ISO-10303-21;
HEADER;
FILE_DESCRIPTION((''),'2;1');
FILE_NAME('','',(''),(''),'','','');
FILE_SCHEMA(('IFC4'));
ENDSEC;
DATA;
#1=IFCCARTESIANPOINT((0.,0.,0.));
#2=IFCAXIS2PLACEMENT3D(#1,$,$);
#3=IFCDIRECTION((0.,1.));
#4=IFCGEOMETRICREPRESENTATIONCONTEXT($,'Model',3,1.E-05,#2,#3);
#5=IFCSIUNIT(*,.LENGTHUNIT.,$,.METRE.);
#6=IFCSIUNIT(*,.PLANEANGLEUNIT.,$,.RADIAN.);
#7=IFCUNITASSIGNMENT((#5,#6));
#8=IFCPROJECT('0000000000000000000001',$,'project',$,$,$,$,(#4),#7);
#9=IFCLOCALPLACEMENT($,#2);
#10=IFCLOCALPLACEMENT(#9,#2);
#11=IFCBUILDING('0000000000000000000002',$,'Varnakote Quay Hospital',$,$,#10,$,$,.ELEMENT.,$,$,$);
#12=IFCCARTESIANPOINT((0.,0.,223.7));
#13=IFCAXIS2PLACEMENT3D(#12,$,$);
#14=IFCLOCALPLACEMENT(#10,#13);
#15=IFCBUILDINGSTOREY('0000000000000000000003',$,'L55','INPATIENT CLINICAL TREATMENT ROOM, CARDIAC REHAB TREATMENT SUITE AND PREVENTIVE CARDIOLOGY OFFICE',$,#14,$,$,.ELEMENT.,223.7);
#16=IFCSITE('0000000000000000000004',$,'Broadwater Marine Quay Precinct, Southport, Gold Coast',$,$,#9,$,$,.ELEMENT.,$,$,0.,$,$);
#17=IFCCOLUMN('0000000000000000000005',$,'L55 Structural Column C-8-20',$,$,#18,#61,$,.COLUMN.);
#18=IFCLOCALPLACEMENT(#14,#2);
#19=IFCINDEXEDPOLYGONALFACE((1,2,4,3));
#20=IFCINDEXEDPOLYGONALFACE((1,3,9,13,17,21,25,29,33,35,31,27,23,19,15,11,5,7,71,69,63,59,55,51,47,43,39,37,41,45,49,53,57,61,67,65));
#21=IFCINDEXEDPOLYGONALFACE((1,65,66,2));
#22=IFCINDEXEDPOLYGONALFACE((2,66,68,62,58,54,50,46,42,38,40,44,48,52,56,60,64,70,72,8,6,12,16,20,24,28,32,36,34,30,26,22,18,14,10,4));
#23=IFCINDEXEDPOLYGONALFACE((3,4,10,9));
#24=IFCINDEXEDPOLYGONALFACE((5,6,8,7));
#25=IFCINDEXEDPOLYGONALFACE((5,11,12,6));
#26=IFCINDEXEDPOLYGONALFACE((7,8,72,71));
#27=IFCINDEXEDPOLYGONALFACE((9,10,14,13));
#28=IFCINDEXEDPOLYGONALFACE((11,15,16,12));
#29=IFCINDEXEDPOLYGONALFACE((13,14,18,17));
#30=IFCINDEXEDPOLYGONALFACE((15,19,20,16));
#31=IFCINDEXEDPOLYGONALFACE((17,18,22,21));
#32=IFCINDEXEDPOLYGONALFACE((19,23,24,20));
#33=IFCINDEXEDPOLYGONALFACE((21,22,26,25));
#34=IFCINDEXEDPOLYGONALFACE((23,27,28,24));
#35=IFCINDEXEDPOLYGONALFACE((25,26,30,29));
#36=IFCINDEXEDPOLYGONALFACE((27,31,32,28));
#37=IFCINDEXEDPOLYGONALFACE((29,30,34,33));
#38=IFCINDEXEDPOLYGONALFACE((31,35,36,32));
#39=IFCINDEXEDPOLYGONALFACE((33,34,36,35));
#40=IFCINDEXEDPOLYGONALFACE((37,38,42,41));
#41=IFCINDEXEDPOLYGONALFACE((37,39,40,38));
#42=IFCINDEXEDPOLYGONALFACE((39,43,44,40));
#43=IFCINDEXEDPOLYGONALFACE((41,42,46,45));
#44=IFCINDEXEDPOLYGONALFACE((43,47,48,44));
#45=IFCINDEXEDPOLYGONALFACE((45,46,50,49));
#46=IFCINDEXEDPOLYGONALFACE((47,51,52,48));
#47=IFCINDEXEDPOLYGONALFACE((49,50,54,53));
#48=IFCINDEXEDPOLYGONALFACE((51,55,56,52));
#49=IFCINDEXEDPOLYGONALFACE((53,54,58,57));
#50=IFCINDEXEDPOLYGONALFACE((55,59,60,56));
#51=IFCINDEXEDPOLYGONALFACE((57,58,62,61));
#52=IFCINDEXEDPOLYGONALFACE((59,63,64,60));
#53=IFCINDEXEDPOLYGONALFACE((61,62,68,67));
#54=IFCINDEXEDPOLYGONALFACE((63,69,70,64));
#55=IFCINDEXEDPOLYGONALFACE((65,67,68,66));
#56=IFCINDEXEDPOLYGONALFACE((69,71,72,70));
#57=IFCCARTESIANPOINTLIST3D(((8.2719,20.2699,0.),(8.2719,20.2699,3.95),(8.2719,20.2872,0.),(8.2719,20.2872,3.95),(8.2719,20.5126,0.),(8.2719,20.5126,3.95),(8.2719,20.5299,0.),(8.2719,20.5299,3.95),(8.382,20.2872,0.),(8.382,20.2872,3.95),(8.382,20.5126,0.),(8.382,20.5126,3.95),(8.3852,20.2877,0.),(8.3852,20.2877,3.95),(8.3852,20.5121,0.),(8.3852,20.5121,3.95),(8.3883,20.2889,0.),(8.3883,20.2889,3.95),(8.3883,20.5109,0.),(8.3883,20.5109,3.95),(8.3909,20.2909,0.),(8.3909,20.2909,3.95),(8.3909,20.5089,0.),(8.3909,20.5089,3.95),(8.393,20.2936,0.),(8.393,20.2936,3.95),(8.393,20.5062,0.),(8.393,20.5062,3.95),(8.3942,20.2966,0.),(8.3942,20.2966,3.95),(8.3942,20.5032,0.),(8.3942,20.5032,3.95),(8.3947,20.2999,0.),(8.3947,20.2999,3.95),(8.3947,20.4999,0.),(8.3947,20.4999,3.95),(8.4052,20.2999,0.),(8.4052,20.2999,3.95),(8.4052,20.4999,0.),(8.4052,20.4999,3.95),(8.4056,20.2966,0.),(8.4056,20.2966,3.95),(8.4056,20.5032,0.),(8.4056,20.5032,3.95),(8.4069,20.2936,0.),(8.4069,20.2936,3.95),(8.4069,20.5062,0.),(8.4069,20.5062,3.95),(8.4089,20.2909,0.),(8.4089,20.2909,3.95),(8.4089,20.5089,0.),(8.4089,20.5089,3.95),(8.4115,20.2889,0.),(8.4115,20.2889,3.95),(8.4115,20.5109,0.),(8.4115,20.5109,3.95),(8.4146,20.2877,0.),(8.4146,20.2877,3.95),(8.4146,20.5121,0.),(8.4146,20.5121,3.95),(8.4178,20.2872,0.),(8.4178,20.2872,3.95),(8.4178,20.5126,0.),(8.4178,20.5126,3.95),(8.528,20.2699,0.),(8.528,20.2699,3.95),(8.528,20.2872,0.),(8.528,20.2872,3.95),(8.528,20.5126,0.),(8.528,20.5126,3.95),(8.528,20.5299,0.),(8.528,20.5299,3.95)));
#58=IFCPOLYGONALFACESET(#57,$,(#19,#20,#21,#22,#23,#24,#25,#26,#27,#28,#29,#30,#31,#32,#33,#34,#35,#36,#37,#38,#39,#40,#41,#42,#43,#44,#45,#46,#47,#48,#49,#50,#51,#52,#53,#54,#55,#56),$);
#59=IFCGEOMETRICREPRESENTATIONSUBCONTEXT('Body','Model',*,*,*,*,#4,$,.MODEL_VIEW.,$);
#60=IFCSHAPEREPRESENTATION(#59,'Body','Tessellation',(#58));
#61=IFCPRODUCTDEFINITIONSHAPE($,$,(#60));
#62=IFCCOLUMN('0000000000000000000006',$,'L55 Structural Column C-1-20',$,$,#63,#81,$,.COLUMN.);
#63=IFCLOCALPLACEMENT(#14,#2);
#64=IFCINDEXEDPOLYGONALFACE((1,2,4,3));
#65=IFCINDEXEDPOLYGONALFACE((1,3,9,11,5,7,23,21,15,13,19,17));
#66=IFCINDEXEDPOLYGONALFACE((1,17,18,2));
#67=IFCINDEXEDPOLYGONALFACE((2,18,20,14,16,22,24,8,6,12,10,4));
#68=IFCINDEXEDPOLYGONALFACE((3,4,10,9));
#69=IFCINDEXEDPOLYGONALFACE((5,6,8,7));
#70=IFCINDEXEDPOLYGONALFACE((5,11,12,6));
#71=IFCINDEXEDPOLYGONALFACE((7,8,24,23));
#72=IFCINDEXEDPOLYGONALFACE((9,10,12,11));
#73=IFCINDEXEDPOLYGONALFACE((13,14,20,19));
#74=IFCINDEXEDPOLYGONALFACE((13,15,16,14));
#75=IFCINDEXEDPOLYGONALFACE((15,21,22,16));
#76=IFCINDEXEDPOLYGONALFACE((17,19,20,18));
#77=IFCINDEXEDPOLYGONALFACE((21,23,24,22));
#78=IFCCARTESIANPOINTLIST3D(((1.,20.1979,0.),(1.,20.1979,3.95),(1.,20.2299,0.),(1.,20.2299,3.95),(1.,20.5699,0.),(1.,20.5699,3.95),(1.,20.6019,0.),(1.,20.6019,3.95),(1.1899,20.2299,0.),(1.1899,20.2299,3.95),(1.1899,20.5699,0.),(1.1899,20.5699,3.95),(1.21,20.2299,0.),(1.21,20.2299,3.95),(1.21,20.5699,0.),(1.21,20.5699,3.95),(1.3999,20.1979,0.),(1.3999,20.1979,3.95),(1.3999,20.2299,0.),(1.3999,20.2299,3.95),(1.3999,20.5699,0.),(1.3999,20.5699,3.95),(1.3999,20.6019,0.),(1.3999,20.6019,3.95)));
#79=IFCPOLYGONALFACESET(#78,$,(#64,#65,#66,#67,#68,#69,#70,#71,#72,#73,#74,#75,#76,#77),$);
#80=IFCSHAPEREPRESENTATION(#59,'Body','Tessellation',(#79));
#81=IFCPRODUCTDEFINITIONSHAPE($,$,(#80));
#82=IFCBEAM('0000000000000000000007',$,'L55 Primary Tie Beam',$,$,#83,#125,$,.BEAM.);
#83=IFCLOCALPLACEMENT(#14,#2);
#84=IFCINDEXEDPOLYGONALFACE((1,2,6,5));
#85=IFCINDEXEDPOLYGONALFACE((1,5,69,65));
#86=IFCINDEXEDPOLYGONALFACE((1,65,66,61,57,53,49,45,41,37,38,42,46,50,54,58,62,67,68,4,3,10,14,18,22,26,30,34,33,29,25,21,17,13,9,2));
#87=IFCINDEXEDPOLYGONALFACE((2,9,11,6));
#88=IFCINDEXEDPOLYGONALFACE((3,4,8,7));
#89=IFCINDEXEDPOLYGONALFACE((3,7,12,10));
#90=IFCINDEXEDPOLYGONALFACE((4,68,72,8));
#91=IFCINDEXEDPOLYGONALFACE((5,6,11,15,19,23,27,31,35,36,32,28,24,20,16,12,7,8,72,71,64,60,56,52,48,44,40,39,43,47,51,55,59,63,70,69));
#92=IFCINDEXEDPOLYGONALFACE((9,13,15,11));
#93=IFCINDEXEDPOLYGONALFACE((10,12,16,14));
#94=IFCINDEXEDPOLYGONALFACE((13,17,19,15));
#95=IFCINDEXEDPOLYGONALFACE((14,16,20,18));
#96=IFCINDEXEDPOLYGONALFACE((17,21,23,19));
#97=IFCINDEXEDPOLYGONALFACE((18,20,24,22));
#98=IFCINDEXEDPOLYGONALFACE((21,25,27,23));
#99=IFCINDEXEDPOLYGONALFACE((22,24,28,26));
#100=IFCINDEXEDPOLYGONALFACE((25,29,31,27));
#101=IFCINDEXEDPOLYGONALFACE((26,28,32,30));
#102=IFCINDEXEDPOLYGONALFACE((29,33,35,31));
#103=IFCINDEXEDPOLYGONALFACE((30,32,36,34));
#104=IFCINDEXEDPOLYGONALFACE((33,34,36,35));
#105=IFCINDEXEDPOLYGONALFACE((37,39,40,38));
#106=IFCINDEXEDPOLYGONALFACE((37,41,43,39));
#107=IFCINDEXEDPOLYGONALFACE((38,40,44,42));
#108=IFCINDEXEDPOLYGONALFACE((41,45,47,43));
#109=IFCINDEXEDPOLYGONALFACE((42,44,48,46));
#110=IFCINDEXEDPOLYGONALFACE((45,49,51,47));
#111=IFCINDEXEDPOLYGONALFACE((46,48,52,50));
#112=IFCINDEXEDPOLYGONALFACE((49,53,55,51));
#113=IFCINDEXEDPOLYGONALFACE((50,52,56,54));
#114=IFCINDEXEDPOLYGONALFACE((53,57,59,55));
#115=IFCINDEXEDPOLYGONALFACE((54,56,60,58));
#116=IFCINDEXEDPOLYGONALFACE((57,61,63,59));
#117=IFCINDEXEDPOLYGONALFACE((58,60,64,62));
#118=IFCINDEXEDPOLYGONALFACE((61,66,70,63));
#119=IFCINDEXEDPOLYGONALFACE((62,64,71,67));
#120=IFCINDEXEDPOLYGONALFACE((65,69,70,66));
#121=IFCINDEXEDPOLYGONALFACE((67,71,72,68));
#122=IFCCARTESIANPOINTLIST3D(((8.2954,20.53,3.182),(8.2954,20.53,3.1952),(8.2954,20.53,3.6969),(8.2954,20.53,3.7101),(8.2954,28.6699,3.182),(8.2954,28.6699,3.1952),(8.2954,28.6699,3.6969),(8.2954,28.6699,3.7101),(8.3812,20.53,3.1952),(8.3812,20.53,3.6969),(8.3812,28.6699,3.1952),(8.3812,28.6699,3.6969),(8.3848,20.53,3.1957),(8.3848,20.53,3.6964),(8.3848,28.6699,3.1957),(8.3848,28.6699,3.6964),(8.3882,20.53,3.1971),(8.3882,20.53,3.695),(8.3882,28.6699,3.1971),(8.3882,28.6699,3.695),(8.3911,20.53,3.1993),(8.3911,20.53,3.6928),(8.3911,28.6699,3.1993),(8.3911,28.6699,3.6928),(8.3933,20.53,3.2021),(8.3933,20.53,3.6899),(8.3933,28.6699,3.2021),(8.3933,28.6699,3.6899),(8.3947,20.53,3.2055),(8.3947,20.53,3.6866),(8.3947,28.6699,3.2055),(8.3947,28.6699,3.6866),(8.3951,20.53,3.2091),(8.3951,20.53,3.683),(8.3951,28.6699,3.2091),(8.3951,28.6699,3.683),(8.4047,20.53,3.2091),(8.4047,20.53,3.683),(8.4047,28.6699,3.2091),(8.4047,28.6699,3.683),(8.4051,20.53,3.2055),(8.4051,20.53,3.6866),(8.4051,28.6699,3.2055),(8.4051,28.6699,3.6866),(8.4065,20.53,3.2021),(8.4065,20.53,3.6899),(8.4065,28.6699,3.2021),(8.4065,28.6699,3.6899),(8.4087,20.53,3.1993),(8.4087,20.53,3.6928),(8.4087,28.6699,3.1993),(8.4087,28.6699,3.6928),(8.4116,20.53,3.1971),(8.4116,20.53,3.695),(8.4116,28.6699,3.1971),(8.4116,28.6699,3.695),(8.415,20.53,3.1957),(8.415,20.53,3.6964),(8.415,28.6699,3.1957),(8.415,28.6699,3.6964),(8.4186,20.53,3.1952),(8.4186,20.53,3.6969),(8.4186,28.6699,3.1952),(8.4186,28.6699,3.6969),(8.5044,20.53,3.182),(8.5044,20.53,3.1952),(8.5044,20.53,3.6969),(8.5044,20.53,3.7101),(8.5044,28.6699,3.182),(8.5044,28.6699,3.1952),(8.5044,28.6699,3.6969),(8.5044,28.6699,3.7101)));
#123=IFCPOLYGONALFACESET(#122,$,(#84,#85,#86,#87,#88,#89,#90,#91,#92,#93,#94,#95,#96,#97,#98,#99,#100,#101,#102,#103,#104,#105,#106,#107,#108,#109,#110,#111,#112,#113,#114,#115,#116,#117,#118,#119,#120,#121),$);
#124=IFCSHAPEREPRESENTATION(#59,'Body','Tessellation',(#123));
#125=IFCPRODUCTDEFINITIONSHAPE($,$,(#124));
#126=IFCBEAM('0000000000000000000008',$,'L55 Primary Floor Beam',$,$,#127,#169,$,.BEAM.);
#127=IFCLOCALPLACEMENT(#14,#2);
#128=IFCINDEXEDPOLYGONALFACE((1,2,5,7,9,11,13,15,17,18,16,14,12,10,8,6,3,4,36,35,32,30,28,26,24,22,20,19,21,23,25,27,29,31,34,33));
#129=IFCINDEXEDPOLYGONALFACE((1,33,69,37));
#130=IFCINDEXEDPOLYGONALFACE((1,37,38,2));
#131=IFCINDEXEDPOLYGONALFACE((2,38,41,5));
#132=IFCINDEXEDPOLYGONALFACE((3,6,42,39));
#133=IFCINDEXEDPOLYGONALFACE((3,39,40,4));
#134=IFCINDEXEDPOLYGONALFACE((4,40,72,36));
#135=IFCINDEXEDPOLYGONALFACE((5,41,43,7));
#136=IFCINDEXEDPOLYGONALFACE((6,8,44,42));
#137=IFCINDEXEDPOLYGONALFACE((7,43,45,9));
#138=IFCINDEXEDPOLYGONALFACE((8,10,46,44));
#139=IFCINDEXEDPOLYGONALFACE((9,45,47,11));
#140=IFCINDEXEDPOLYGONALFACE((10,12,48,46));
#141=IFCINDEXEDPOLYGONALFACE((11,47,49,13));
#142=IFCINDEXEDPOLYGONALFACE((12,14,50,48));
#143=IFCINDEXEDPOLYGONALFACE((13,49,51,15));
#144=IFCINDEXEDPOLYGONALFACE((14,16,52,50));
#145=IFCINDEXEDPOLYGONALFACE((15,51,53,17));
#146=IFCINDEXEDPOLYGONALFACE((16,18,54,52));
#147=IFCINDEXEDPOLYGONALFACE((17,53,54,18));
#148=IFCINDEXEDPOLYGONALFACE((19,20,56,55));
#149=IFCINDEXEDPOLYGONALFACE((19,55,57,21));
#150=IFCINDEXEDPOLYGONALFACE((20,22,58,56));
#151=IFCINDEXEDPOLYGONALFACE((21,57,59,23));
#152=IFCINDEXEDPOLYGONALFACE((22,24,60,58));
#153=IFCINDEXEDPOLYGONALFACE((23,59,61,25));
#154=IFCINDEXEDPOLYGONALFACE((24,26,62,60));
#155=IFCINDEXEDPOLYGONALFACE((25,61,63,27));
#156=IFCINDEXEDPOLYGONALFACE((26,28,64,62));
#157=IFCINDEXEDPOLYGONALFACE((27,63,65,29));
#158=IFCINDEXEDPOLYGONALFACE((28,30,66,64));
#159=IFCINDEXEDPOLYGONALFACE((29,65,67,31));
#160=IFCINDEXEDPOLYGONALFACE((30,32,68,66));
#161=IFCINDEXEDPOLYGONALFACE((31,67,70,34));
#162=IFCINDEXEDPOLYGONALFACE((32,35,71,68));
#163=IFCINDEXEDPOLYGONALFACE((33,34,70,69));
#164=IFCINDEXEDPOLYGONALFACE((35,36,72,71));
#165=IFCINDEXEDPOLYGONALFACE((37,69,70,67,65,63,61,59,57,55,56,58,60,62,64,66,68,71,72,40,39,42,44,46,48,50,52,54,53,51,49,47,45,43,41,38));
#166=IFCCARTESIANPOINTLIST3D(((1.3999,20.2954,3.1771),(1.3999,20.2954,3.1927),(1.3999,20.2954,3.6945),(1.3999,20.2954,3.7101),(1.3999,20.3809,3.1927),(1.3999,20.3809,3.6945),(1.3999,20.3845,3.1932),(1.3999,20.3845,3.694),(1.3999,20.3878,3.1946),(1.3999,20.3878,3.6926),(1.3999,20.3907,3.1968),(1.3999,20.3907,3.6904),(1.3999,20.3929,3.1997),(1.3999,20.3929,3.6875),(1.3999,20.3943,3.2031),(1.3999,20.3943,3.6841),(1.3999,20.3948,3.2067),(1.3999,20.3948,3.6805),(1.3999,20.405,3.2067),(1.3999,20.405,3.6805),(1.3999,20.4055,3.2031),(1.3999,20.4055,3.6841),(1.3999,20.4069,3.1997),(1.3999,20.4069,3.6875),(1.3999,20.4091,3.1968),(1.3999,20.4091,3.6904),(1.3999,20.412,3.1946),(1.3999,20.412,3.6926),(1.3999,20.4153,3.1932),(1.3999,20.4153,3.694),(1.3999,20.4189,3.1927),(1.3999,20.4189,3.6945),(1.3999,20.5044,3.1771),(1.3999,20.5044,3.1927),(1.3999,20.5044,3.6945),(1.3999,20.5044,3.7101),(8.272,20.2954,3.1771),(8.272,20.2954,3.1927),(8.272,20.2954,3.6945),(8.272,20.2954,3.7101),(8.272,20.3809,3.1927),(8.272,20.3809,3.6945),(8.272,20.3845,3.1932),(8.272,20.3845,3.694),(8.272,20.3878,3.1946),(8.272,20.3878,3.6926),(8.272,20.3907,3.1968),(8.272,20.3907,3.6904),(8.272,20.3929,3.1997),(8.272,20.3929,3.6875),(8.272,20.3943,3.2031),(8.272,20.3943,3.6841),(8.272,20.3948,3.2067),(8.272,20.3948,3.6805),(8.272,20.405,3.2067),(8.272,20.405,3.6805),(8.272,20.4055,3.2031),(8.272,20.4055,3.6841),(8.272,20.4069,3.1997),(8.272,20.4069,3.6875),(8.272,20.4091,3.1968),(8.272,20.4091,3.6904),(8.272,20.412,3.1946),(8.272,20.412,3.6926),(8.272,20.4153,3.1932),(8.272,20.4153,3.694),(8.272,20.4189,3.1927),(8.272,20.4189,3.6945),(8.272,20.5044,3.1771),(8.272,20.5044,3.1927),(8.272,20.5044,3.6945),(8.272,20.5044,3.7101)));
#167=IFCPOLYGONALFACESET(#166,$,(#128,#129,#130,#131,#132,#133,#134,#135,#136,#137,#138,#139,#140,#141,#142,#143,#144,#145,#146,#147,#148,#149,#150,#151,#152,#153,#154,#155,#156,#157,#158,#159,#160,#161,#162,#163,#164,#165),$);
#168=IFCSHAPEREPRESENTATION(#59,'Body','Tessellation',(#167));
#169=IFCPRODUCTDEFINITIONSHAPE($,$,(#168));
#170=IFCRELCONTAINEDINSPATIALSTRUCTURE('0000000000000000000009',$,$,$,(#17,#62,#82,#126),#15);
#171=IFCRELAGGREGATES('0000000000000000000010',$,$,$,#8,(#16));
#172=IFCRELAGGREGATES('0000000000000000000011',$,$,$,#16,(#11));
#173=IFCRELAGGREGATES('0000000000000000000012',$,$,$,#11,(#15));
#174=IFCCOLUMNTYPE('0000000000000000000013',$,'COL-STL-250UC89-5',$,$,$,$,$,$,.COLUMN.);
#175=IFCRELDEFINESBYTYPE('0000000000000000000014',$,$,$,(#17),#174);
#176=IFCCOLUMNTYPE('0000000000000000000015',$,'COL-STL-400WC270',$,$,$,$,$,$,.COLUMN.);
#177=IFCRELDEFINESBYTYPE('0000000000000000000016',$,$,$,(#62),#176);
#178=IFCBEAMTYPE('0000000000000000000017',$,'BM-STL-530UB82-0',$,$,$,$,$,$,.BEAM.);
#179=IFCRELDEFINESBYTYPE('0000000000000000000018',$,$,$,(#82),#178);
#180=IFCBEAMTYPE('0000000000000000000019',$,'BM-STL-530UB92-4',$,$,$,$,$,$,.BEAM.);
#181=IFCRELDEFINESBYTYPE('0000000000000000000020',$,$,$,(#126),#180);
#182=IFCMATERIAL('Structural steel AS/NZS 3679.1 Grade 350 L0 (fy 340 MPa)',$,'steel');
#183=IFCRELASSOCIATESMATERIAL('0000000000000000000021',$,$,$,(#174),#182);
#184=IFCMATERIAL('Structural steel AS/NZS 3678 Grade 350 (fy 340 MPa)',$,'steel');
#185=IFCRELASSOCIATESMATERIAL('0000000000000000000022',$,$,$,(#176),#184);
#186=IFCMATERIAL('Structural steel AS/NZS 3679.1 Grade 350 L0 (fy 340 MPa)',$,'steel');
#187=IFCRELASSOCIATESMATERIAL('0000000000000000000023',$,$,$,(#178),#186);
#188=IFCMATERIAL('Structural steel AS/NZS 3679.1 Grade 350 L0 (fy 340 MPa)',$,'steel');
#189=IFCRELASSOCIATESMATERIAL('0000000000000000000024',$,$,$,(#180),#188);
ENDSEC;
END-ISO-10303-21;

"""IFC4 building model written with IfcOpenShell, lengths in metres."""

from ifc_helpers import new_model, si_unit, direction, frame, origin, origin_2d, place, context, subcontext, project, spatial, i_section, extrude, material, material_profile, profile_set, type_object, element, save


model = new_model("IFC4")

# Units and contexts
model_context = context("Model", 3, precision=1e-05, world=origin(), true_north=direction((0.0, 1.0)))
body_context = subcontext(model_context, "Body", "Model", "MODEL_VIEW")
ifc_project = project(units=[si_unit("LENGTHUNIT", "METRE"), si_unit("PLANEANGLEUNIT", "RADIAN")], contexts=[model_context])

# Site, building, storey
site_placement = place(None, origin())
site = spatial("IfcSite", under=ifc_project, at=site_placement, Name="Broadwater Marine Quay Precinct, Southport, Gold Coast", CompositionType="ELEMENT", RefElevation=0.0)
building_placement = place(site_placement, origin())
building = spatial("IfcBuilding", under=site, at=building_placement, Name="Varnakote Quay Hospital", CompositionType="ELEMENT")
storey_placement = place(building_placement, frame((0.0, 0.0, 223.7)))
storey = spatial("IfcBuildingStorey", under=building, at=storey_placement, Name="L55", Description="INPATIENT CLINICAL TREATMENT ROOM, CARDIAC REHAB TREATMENT SUITE AND PREVENTIVE CARDIOLOGY OFFICE", CompositionType="ELEMENT", Elevation=223.7)

# Columns
ifc_material_1 = material(Name="Structural steel AS/NZS 3679.1 Grade 350 L0 (fy 340 MPa)", Category="steel")
ifc_material_profile_1 = material_profile(ifc_material_1, i_section(OverallWidth=0.2561, OverallDepth=0.26, WebThickness=0.0105, FlangeThickness=0.0173, FilletRadius=0.0127, at=origin_2d()), Name="250UC89.5")
ifc_profile_set_1 = profile_set([ifc_material_profile_1], Name="Structural steel AS/NZS 3679.1 Grade 350 L0 (fy 340 MPa)")
column_type_1 = type_object("IfcColumnType", Name="COL-STL-250UC89-5", PredefinedType="COLUMN", material=ifc_profile_set_1)
column_1_placement = place(storey_placement, frame((8.3999, 20.3999, 0.0), z_axis=(0.0, 0.0, 1.0), x_axis=(1.0, 0.0, 0.0)))
element("IfcColumn", 1, at=column_1_placement, inside=storey, type_object=column_type_1, Name="L55 Structural Column C-8-20", PredefinedType="COLUMN", context=body_context, shape_type="SweptSolid", body=[
    extrude(i_section(OverallWidth=0.2561, OverallDepth=0.26, WebThickness=0.0105, FlangeThickness=0.0173, FilletRadius=0.0127, at=origin_2d()), origin(), (0.0, 0.0, 1.0), 3.95),
])
ifc_material_2 = material(Name="Structural steel AS/NZS 3678 Grade 350 (fy 340 MPa)", Category="steel")
ifc_material_profile_2 = material_profile(ifc_material_2, i_section(OverallWidth=0.3999, OverallDepth=0.4041, WebThickness=0.02, FlangeThickness=0.032, at=origin_2d()), Name="400WC270")
ifc_profile_set_2 = profile_set([ifc_material_profile_2], Name="Structural steel AS/NZS 3678 Grade 350 (fy 340 MPa)")
column_type_2 = type_object("IfcColumnType", Name="COL-STL-400WC270", PredefinedType="COLUMN", material=ifc_profile_set_2)
column_2_placement = place(storey_placement, frame((1.2, 20.3999, 0.0), z_axis=(0.0, 0.0, 1.0), x_axis=(1.0, 0.0, 0.0)))
element("IfcColumn", 2, at=column_2_placement, inside=storey, type_object=column_type_2, Name="L55 Structural Column C-1-20", PredefinedType="COLUMN", context=body_context, shape_type="SweptSolid", body=[
    extrude(i_section(OverallWidth=0.3999, OverallDepth=0.4041, WebThickness=0.02, FlangeThickness=0.032, at=origin_2d()), origin(), (0.0, 0.0, 1.0), 3.95),
])

# Beams
ifc_material_3 = material(Name="Structural steel AS/NZS 3679.1 Grade 350 L0 (fy 340 MPa)", Category="steel")
ifc_material_profile_3 = material_profile(ifc_material_3, i_section(OverallWidth=0.209, OverallDepth=0.5281, WebThickness=0.0095, FlangeThickness=0.0132, FilletRadius=0.0139, at=origin_2d()), Name="530UB82.0")
ifc_profile_set_3 = profile_set([ifc_material_profile_3], Name="Structural steel AS/NZS 3679.1 Grade 350 L0 (fy 340 MPa)")
beam_type_1 = type_object("IfcBeamType", Name="BM-STL-530UB82-0", PredefinedType="BEAM", material=ifc_profile_set_3)
beam_1_placement = place(storey_placement, frame((8.3999, 20.53, 3.446), z_axis=(0.0, 1.0, 0.0), x_axis=(-1.0, 0.0, 0.0)))
element("IfcBeam", 3, at=beam_1_placement, inside=storey, type_object=beam_type_1, Name="L55 Primary Tie Beam", PredefinedType="BEAM", context=body_context, shape_type="SweptSolid", body=[
    extrude(i_section(OverallWidth=0.209, OverallDepth=0.5281, WebThickness=0.0095, FlangeThickness=0.0132, FilletRadius=0.0139, at=origin_2d()), origin(), (0.0, 0.0, 1.0), 8.1399),
])
ifc_material_4 = material(Name="Structural steel AS/NZS 3679.1 Grade 350 L0 (fy 340 MPa)", Category="steel")
ifc_material_profile_4 = material_profile(ifc_material_4, i_section(OverallWidth=0.209, OverallDepth=0.533, WebThickness=0.0103, FlangeThickness=0.0156, FilletRadius=0.0139, at=origin_2d()), Name="530UB92.4")
ifc_profile_set_4 = profile_set([ifc_material_profile_4], Name="Structural steel AS/NZS 3679.1 Grade 350 L0 (fy 340 MPa)")
beam_type_2 = type_object("IfcBeamType", Name="BM-STL-530UB92-4", PredefinedType="BEAM", material=ifc_profile_set_4)
beam_2_placement = place(storey_placement, frame((1.3999, 20.3999, 3.4436), z_axis=(1.0, 0.0, 0.0), x_axis=(0.0, 1.0, 0.0)))
element("IfcBeam", 4, at=beam_2_placement, inside=storey, type_object=beam_type_2, Name="L55 Primary Floor Beam", PredefinedType="BEAM", context=body_context, shape_type="SweptSolid", body=[
    extrude(i_section(OverallWidth=0.209, OverallDepth=0.533, WebThickness=0.0103, FlangeThickness=0.0156, FilletRadius=0.0139, at=origin_2d()), origin(), (0.0, 0.0, 1.0), 6.8721),
])

save(model, "model.ifc")
